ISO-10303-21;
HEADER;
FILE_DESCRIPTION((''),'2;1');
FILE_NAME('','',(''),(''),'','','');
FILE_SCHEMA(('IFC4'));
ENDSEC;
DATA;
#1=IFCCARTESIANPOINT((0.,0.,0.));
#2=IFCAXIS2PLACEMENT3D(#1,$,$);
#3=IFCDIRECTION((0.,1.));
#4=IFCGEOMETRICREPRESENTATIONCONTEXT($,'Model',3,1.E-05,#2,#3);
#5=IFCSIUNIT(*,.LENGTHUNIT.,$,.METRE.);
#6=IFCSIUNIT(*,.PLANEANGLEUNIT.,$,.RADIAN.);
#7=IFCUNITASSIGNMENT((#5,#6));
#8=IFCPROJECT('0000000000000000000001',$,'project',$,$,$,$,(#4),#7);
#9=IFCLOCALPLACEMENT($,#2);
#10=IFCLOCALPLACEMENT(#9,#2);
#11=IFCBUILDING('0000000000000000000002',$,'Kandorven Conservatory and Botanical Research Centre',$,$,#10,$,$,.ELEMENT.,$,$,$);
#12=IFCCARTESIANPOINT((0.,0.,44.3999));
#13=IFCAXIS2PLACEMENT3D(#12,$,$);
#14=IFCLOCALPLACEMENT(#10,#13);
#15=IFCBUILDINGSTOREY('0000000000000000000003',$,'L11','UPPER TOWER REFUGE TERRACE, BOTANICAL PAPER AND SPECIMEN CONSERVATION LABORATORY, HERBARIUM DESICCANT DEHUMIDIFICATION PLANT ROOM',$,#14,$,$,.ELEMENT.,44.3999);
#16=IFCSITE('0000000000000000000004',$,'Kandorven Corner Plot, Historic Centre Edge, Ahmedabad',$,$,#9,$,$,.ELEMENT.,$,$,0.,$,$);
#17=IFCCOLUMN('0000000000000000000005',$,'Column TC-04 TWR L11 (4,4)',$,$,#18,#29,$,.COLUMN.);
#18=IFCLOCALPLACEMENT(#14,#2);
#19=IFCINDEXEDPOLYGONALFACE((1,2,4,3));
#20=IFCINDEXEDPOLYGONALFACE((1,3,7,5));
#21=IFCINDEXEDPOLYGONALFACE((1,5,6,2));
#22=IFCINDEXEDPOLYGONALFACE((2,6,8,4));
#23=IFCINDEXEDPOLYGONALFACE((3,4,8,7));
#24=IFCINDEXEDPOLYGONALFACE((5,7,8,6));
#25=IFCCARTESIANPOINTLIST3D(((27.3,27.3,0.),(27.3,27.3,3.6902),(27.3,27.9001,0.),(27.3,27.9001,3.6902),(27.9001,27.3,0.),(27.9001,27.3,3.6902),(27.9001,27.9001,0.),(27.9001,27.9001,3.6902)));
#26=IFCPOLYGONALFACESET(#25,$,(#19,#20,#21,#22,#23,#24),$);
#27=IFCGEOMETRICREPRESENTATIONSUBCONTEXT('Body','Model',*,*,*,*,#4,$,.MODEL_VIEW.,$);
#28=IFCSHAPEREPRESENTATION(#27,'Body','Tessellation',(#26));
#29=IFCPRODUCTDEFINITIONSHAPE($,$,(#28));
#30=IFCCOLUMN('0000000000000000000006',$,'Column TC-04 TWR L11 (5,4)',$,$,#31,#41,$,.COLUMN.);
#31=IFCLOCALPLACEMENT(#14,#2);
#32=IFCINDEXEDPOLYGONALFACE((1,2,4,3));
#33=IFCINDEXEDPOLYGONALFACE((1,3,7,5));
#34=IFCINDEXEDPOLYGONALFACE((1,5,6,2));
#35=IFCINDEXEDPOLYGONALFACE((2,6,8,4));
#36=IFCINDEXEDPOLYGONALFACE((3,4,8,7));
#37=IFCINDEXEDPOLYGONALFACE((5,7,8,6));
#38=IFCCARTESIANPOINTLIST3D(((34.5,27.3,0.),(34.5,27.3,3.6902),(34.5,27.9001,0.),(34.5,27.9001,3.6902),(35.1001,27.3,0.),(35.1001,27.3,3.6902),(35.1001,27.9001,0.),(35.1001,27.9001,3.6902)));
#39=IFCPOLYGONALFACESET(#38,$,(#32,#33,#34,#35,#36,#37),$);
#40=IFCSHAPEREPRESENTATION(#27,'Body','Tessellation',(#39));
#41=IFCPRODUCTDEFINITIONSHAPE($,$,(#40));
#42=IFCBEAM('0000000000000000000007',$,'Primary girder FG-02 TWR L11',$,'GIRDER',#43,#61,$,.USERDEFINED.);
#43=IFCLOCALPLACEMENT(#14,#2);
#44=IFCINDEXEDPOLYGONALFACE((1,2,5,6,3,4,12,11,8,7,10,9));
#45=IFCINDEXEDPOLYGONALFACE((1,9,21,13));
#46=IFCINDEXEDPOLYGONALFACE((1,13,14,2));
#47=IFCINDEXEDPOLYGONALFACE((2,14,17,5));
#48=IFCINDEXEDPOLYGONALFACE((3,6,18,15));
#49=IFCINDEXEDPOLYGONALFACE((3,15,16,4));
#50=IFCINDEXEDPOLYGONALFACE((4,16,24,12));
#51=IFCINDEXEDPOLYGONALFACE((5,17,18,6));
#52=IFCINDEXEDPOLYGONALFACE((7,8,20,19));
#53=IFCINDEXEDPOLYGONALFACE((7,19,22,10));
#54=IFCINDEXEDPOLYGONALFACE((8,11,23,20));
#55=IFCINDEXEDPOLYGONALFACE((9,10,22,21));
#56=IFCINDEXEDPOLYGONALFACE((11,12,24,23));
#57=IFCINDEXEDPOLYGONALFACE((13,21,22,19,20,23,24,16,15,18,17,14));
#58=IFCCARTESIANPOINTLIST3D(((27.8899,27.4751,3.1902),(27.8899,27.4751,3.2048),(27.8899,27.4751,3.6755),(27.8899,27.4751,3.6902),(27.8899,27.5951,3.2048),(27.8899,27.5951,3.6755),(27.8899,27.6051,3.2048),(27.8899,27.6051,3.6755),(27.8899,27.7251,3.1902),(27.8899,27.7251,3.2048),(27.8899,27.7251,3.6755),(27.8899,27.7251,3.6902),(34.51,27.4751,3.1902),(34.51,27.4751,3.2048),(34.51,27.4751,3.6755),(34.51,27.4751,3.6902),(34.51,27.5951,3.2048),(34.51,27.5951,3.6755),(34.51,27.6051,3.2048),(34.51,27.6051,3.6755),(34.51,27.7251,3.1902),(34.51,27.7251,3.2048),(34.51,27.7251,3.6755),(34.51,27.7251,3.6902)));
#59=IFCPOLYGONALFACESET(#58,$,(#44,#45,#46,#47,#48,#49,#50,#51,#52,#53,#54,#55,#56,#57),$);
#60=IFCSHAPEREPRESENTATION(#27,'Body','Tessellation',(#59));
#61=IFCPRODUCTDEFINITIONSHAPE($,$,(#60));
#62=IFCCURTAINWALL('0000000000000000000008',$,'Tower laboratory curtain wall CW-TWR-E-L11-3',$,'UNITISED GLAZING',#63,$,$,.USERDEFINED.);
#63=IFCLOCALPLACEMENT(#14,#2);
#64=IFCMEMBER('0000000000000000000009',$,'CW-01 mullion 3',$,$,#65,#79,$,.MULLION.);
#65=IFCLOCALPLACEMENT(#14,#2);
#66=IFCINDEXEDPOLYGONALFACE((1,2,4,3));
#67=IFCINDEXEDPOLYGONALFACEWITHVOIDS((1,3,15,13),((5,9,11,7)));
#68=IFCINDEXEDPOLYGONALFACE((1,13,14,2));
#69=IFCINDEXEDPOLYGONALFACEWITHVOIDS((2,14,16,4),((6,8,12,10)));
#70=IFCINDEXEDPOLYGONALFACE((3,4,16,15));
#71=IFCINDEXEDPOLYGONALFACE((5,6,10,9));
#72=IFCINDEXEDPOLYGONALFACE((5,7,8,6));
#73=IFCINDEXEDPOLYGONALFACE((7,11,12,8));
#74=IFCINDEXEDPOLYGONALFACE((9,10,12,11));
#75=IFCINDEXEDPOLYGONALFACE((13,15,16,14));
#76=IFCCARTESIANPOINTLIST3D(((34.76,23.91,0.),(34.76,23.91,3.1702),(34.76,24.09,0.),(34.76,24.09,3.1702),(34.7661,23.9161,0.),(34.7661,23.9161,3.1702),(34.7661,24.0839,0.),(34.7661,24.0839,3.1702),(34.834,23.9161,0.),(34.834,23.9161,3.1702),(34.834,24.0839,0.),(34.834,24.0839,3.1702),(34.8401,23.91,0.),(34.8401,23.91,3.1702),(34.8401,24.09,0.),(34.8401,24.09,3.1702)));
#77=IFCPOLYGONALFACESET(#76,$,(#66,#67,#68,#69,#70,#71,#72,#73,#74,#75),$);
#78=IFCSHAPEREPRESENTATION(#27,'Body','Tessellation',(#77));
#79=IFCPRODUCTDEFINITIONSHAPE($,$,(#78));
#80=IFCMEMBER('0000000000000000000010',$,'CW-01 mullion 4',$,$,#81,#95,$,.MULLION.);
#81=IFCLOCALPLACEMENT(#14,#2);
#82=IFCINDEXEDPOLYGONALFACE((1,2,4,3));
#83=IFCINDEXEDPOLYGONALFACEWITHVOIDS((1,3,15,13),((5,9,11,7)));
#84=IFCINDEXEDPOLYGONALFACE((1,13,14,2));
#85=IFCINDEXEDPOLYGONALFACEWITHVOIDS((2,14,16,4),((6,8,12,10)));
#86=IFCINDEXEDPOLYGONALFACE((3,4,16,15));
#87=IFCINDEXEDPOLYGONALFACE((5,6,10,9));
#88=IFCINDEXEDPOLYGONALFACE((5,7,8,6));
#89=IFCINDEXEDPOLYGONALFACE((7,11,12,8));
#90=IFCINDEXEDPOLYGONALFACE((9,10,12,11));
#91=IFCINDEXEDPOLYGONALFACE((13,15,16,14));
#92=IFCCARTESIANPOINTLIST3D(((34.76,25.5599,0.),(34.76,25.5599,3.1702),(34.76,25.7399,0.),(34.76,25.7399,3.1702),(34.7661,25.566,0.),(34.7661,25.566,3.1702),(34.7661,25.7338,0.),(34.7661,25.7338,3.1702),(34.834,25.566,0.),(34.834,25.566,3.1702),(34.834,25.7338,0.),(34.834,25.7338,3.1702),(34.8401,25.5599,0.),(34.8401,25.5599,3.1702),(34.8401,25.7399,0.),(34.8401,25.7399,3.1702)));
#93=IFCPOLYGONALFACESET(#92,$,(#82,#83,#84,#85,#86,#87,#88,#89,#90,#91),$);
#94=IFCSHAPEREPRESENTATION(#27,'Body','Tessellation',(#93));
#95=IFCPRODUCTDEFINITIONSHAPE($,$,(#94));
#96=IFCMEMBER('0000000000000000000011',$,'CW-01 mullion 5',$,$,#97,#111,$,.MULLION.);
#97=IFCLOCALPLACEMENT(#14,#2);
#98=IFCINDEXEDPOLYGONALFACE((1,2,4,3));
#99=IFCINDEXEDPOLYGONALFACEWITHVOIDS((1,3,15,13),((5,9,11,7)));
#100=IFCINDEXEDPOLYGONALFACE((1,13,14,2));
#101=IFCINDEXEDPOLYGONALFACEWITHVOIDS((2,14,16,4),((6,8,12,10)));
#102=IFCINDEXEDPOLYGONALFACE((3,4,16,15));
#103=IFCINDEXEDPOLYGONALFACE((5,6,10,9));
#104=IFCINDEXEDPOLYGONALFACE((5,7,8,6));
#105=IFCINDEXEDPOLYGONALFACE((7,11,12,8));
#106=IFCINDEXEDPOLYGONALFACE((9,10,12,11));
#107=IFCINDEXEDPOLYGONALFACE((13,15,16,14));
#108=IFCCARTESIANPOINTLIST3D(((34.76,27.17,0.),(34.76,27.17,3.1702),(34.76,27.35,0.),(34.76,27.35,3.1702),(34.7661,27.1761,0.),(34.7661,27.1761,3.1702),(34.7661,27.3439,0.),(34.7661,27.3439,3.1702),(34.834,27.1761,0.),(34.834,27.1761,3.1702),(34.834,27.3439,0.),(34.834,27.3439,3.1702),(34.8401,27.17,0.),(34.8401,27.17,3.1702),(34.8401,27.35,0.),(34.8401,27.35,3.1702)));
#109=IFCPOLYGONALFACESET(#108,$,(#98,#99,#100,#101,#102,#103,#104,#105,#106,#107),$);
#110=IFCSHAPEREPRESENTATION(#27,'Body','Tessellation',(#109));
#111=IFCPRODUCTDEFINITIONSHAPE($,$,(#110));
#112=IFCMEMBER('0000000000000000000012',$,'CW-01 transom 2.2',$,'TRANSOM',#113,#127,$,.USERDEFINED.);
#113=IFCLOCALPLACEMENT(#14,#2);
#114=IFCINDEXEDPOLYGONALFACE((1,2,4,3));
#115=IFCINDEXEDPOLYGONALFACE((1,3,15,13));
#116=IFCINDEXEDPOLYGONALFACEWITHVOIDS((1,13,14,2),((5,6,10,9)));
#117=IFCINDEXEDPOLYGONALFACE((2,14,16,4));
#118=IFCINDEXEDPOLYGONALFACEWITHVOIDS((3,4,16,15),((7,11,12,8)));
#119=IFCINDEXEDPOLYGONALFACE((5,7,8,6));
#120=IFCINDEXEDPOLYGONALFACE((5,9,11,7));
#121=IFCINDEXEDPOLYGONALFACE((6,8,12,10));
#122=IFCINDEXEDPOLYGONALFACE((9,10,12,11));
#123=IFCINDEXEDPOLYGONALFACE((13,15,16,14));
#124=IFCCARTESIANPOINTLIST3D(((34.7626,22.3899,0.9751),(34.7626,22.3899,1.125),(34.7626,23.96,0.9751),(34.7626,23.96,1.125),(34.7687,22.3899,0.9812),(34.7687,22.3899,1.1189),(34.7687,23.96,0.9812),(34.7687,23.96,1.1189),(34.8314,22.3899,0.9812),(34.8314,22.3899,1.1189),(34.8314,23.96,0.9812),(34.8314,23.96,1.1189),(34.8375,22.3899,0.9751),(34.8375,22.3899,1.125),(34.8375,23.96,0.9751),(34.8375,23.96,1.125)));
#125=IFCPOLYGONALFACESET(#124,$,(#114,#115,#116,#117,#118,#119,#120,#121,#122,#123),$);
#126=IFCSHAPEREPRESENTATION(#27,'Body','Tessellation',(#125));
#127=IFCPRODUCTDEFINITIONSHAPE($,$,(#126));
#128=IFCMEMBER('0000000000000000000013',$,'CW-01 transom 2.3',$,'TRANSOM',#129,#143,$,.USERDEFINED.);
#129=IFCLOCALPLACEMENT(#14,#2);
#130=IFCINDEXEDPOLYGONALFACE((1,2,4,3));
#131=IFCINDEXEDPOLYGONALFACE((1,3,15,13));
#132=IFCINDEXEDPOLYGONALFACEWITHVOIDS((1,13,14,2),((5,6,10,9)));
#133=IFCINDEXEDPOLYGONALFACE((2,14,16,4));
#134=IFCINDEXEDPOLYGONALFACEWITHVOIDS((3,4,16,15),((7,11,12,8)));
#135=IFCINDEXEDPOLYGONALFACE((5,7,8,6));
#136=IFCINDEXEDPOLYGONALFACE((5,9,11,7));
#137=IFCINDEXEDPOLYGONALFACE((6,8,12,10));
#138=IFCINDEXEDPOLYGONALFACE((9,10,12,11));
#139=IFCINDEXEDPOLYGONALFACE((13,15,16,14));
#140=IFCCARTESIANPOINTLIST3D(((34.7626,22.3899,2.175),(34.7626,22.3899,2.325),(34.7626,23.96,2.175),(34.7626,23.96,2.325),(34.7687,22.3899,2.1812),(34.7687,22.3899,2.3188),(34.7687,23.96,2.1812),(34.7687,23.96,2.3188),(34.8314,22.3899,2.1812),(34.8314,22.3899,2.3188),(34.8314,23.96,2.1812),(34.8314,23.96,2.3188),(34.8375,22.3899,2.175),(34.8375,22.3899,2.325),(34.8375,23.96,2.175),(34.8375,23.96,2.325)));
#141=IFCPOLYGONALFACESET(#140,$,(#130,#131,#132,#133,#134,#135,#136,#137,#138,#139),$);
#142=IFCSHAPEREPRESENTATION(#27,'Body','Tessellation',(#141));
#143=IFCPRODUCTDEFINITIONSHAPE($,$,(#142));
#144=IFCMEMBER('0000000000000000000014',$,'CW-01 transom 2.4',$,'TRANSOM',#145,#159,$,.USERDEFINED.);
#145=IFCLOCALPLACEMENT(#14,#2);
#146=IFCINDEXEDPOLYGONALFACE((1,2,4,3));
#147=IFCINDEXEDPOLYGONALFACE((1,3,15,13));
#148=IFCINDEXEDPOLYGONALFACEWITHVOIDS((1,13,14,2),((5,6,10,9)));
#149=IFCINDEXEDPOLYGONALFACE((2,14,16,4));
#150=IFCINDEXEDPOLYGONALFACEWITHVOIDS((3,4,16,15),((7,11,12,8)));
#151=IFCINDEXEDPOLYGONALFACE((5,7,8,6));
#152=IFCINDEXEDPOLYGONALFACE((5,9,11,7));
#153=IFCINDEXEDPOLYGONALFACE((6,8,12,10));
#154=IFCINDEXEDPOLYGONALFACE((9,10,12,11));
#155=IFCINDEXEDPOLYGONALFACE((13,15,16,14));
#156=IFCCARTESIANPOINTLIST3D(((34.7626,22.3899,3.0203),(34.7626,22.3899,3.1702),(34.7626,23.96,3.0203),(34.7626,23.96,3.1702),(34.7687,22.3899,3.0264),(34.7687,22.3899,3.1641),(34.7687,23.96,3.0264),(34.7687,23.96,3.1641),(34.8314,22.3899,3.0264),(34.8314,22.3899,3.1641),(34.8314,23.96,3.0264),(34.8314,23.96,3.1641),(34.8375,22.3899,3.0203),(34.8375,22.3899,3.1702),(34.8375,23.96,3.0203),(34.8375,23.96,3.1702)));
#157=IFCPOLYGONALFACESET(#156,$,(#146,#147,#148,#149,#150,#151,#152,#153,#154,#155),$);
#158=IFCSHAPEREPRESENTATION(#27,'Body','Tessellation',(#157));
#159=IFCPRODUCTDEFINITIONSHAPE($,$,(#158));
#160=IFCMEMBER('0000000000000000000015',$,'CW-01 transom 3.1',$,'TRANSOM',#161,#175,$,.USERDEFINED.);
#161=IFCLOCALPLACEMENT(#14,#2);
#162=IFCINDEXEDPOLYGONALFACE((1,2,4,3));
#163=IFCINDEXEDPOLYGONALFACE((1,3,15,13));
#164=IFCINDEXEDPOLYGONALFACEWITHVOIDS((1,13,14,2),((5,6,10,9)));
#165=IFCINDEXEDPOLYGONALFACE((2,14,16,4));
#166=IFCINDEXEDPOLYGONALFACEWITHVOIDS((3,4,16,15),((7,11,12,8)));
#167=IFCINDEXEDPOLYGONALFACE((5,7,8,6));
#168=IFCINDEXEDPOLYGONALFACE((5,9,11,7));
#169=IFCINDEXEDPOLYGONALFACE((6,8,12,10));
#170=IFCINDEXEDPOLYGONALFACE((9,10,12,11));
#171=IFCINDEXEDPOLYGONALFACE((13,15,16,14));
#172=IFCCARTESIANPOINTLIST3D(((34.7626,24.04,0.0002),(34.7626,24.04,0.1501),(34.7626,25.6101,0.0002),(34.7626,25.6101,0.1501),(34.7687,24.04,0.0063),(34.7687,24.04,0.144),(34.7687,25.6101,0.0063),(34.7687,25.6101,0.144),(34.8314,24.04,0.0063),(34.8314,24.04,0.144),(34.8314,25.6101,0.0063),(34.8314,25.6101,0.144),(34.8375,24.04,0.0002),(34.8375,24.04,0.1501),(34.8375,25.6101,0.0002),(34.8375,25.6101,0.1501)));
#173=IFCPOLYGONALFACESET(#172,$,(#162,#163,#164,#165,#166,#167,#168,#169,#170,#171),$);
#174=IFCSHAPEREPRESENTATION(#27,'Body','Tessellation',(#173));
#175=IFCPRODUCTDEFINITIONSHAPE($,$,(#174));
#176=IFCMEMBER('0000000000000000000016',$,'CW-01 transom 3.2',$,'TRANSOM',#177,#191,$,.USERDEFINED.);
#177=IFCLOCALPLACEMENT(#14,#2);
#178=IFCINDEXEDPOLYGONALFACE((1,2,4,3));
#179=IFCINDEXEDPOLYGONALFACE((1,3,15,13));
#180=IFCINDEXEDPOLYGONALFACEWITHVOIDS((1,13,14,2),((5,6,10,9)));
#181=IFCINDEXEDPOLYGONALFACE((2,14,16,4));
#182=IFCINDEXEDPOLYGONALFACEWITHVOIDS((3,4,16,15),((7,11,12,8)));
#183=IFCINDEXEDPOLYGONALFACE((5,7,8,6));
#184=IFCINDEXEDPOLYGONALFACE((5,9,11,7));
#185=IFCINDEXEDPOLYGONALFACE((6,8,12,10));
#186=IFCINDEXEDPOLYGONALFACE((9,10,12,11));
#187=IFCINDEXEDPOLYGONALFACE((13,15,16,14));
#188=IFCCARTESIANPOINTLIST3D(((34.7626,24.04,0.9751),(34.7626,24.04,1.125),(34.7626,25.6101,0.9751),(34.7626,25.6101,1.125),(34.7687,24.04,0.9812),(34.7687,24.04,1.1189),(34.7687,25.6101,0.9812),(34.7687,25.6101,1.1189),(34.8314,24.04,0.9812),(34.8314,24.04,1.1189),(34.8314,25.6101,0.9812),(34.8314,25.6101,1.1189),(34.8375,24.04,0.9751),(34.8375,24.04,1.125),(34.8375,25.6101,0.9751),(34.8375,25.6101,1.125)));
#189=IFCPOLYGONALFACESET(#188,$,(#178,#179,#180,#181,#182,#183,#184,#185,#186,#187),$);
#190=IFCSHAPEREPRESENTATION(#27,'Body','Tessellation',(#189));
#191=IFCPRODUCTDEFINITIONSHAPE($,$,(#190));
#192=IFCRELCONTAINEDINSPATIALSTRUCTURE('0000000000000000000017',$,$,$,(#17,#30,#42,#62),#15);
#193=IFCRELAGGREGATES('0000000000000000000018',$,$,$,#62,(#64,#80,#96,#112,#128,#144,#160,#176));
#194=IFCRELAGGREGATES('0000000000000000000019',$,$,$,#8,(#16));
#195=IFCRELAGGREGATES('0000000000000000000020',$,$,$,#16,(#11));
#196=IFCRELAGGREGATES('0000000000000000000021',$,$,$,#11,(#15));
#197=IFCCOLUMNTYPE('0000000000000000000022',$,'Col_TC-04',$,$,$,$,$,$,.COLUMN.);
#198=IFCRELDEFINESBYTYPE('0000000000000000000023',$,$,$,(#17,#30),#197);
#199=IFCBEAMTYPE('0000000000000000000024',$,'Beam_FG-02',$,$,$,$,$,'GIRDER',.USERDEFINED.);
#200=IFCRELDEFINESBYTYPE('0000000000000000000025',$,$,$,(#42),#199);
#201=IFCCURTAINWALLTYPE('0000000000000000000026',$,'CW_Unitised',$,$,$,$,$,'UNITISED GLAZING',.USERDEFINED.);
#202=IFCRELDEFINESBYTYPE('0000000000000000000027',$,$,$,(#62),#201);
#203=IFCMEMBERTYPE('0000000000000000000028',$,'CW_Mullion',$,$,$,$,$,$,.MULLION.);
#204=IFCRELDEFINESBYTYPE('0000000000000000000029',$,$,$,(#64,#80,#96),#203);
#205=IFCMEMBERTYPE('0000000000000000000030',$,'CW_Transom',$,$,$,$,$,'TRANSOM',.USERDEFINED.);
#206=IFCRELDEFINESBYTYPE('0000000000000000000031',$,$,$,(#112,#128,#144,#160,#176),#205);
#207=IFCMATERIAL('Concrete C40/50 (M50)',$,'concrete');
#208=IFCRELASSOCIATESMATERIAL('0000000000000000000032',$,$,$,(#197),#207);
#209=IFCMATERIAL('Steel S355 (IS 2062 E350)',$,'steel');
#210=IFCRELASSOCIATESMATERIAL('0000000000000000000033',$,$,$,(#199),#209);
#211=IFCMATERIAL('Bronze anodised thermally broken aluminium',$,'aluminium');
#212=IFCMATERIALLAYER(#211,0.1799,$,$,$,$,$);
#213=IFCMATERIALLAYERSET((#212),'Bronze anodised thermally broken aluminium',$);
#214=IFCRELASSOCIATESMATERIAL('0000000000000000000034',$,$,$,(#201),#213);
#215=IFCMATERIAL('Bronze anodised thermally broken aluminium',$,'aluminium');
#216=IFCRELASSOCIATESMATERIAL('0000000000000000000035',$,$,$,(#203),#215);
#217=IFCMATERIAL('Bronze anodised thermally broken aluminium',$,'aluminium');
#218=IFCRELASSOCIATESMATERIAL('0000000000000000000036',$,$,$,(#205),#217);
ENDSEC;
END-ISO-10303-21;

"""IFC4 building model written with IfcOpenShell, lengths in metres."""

from ifc_helpers import new_model, si_unit, direction, frame, origin, origin_2d, place, context, subcontext, project, spatial, rectangle, hollow_rectangle, i_section, extrude, material, layer, layer_set, material_profile, profile_set, type_object, element, aggregate, save


model = new_model("IFC4")

# Units and contexts
model_context = context("Model", 3, precision=1e-05, world=origin(), true_north=direction((0.0, 1.0)))
body_context = subcontext(model_context, "Body", "Model", "MODEL_VIEW")
ifc_project = project(units=[si_unit("LENGTHUNIT", "METRE"), si_unit("PLANEANGLEUNIT", "RADIAN")], contexts=[model_context])

# Site, building, storey
site_placement = place(None, origin())
site = spatial("IfcSite", under=ifc_project, at=site_placement, Name="Kandorven Corner Plot, Historic Centre Edge, Ahmedabad", CompositionType="ELEMENT", RefElevation=0.0)
building_placement = place(site_placement, origin())
building = spatial("IfcBuilding", under=site, at=building_placement, Name="Kandorven Conservatory and Botanical Research Centre", CompositionType="ELEMENT")
storey_placement = place(building_placement, frame((0.0, 0.0, 44.3999)))
storey = spatial("IfcBuildingStorey", under=building, at=storey_placement, Name="L11", Description="UPPER TOWER REFUGE TERRACE, BOTANICAL PAPER AND SPECIMEN CONSERVATION LABORATORY, HERBARIUM DESICCANT DEHUMIDIFICATION PLANT ROOM", CompositionType="ELEMENT", Elevation=44.3999)

# Columns
ifc_material_1 = material(Name="Concrete C40/50 (M50)", Category="concrete")
ifc_material_profile_1 = material_profile(ifc_material_1, rectangle(XDim=0.6001, YDim=0.6001, at=origin_2d()))
ifc_profile_set_1 = profile_set([ifc_material_profile_1], Name="Concrete C40/50 (M50)")
column_type = type_object("IfcColumnType", Name="Col_TC-04", PredefinedType="COLUMN", material=ifc_profile_set_1)
for number, where, z_axis, x_axis, name in (
    (1, (27.6001, 27.6001, 0.0), (0.0, 0.0, 1.0), (1.0, 0.0, 0.0), "Column TC-04 TWR L11 (4,4)"),
    (2, (34.8, 27.6001, 0.0), (0.0, 0.0, 1.0), (1.0, 0.0, 0.0), "Column TC-04 TWR L11 (5,4)"),
):
    element("IfcColumn", number, at=place(storey_placement, frame(where, z_axis=z_axis, x_axis=x_axis)), inside=storey, type_object=column_type, Name=name, PredefinedType="COLUMN", context=body_context, shape_type="SweptSolid", body=[
        extrude(rectangle(XDim=0.6001, YDim=0.6001, at=origin_2d()), origin(), (0.0, 0.0, 1.0), 3.6902),
    ])

# Beam
ifc_material_2 = material(Name="Steel S355 (IS 2062 E350)", Category="steel")
ifc_material_profile_2 = material_profile(ifc_material_2, i_section(OverallWidth=0.25, OverallDepth=0.5, WebThickness=0.01, FlangeThickness=0.0146, at=origin_2d()))
ifc_profile_set_2 = profile_set([ifc_material_profile_2], Name="Steel S355 (IS 2062 E350)")
beam_type = type_object("IfcBeamType", Name="Beam_FG-02", ElementType="GIRDER", PredefinedType="USERDEFINED", material=ifc_profile_set_2)
beam_placement = place(storey_placement, frame((27.8899, 27.6001, 3.4402), z_axis=(1.0, 0.0, 0.0), x_axis=(0.0, 1.0, 0.0)))
element("IfcBeam", 3, at=beam_placement, inside=storey, type_object=beam_type, Name="Primary girder FG-02 TWR L11", ObjectType="GIRDER", PredefinedType="USERDEFINED", context=body_context, shape_type="SweptSolid", body=[
    extrude(i_section(OverallWidth=0.25, OverallDepth=0.5, WebThickness=0.01, FlangeThickness=0.0146, at=origin_2d()), origin(), (0.0, 0.0, 1.0), 6.6201),
])

# Curtain wall, members
ifc_material_3 = material(Name="Bronze anodised thermally broken aluminium", Category="aluminium")
ifc_layer_1 = layer(ifc_material_3, 0.1799)
ifc_layer_set_1 = layer_set([ifc_layer_1], Name="Bronze anodised thermally broken aluminium")
curtain_wall_type = type_object("IfcCurtainWallType", Name="CW_Unitised", ElementType="UNITISED GLAZING", PredefinedType="USERDEFINED", material=ifc_layer_set_1)
curtain_wall_placement = place(storey_placement, origin())
curtain_wall = element("IfcCurtainWall", 4, at=curtain_wall_placement, inside=storey, type_object=curtain_wall_type, Name="Tower laboratory curtain wall CW-TWR-E-L11-3", ObjectType="UNITISED GLAZING", PredefinedType="USERDEFINED")
ifc_material_4 = material(Name="Bronze anodised thermally broken aluminium", Category="aluminium")
ifc_material_profile_3 = material_profile(ifc_material_4, hollow_rectangle(XDim=0.0801, YDim=0.1799, WallThickness=0.0061, at=origin_2d()))
ifc_profile_set_3 = profile_set([ifc_material_profile_3], Name="Bronze anodised thermally broken aluminium")
member_type_1 = type_object("IfcMemberType", Name="CW_Mullion", PredefinedType="MULLION", material=ifc_profile_set_3)
member_1_placement = place(storey_placement, frame((34.8, 24.0, 0.0), z_axis=(0.0, 0.0, 1.0), x_axis=(-1.0, 0.0, 0.0)))
member_1 = element("IfcMember", 5, at=member_1_placement, type_object=member_type_1, Name="CW-01 mullion 3", PredefinedType="MULLION", context=body_context, shape_type="SweptSolid", body=[
    extrude(hollow_rectangle(XDim=0.0801, YDim=0.1799, WallThickness=0.0061, at=origin_2d()), origin(), (0.0, 0.0, 1.0), 3.1702),
])
member_2_placement = place(storey_placement, frame((34.8, 25.6499, 0.0), z_axis=(0.0, 0.0, 1.0), x_axis=(-1.0, 0.0, 0.0)))
member_2 = element("IfcMember", 6, at=member_2_placement, type_object=member_type_1, Name="CW-01 mullion 4", PredefinedType="MULLION", context=body_context, shape_type="SweptSolid", body=[
    extrude(hollow_rectangle(XDim=0.0801, YDim=0.1799, WallThickness=0.0061, at=origin_2d()), origin(), (0.0, 0.0, 1.0), 3.1702),
])
member_3_placement = place(storey_placement, frame((34.8, 27.26, 0.0), z_axis=(0.0, 0.0, 1.0), x_axis=(-1.0, 0.0, 0.0)))
member_3 = element("IfcMember", 7, at=member_3_placement, type_object=member_type_1, Name="CW-01 mullion 5", PredefinedType="MULLION", context=body_context, shape_type="SweptSolid", body=[
    extrude(hollow_rectangle(XDim=0.0801, YDim=0.1799, WallThickness=0.0061, at=origin_2d()), origin(), (0.0, 0.0, 1.0), 3.1702),
])
ifc_material_5 = material(Name="Bronze anodised thermally broken aluminium", Category="aluminium")
ifc_material_profile_4 = material_profile(ifc_material_5, hollow_rectangle(XDim=0.075, YDim=0.1499, WallThickness=0.0061, at=origin_2d()))
ifc_profile_set_4 = profile_set([ifc_material_profile_4], Name="Bronze anodised thermally broken aluminium")
member_type_2 = type_object("IfcMemberType", Name="CW_Transom", ElementType="TRANSOM", PredefinedType="USERDEFINED", material=ifc_profile_set_4)
member_4_placement = place(storey_placement, frame((34.8, 22.3899, 1.05), z_axis=(0.0, 1.0, 0.0), x_axis=(-1.0, 0.0, 0.0)))
member_4 = element("IfcMember", 8, at=member_4_placement, type_object=member_type_2, Name="CW-01 transom 2.2", ObjectType="TRANSOM", PredefinedType="USERDEFINED", context=body_context, shape_type="SweptSolid", body=[
    extrude(hollow_rectangle(XDim=0.075, YDim=0.1499, WallThickness=0.0061, at=origin_2d()), origin(), (0.0, 0.0, 1.0), 1.5701),
])
member_5_placement = place(storey_placement, frame((34.8, 22.3899, 2.25), z_axis=(0.0, 1.0, 0.0), x_axis=(-1.0, 0.0, 0.0)))
member_5 = element("IfcMember", 9, at=member_5_placement, type_object=member_type_2, Name="CW-01 transom 2.3", ObjectType="TRANSOM", PredefinedType="USERDEFINED", context=body_context, shape_type="SweptSolid", body=[
    extrude(hollow_rectangle(XDim=0.075, YDim=0.1499, WallThickness=0.0061, at=origin_2d()), origin(), (0.0, 0.0, 1.0), 1.5701),
])
member_6_placement = place(storey_placement, frame((34.8, 22.3899, 3.0952), z_axis=(0.0, 1.0, 0.0), x_axis=(-1.0, 0.0, 0.0)))
member_6 = element("IfcMember", 10, at=member_6_placement, type_object=member_type_2, Name="CW-01 transom 2.4", ObjectType="TRANSOM", PredefinedType="USERDEFINED", context=body_context, shape_type="SweptSolid", body=[
    extrude(hollow_rectangle(XDim=0.075, YDim=0.1499, WallThickness=0.0061, at=origin_2d()), origin(), (0.0, 0.0, 1.0), 1.5701),
])
member_7_placement = place(storey_placement, frame((34.8, 24.04, 0.0752), z_axis=(0.0, 1.0, 0.0), x_axis=(-1.0, 0.0, 0.0)))
member_7 = element("IfcMember", 11, at=member_7_placement, type_object=member_type_2, Name="CW-01 transom 3.1", ObjectType="TRANSOM", PredefinedType="USERDEFINED", context=body_context, shape_type="SweptSolid", body=[
    extrude(hollow_rectangle(XDim=0.075, YDim=0.1499, WallThickness=0.0061, at=origin_2d()), origin(), (0.0, 0.0, 1.0), 1.5701),
])
member_8_placement = place(storey_placement, frame((34.8, 24.04, 1.05), z_axis=(0.0, 1.0, 0.0), x_axis=(-1.0, 0.0, 0.0)))
member_8 = element("IfcMember", 12, at=member_8_placement, type_object=member_type_2, Name="CW-01 transom 3.2", ObjectType="TRANSOM", PredefinedType="USERDEFINED", context=body_context, shape_type="SweptSolid", body=[
    extrude(hollow_rectangle(XDim=0.075, YDim=0.1499, WallThickness=0.0061, at=origin_2d()), origin(), (0.0, 0.0, 1.0), 1.5701),
])
aggregate(curtain_wall, [member_1, member_2, member_3, member_4, member_5, member_6, member_7, member_8])

save(model, "model.ifc")
